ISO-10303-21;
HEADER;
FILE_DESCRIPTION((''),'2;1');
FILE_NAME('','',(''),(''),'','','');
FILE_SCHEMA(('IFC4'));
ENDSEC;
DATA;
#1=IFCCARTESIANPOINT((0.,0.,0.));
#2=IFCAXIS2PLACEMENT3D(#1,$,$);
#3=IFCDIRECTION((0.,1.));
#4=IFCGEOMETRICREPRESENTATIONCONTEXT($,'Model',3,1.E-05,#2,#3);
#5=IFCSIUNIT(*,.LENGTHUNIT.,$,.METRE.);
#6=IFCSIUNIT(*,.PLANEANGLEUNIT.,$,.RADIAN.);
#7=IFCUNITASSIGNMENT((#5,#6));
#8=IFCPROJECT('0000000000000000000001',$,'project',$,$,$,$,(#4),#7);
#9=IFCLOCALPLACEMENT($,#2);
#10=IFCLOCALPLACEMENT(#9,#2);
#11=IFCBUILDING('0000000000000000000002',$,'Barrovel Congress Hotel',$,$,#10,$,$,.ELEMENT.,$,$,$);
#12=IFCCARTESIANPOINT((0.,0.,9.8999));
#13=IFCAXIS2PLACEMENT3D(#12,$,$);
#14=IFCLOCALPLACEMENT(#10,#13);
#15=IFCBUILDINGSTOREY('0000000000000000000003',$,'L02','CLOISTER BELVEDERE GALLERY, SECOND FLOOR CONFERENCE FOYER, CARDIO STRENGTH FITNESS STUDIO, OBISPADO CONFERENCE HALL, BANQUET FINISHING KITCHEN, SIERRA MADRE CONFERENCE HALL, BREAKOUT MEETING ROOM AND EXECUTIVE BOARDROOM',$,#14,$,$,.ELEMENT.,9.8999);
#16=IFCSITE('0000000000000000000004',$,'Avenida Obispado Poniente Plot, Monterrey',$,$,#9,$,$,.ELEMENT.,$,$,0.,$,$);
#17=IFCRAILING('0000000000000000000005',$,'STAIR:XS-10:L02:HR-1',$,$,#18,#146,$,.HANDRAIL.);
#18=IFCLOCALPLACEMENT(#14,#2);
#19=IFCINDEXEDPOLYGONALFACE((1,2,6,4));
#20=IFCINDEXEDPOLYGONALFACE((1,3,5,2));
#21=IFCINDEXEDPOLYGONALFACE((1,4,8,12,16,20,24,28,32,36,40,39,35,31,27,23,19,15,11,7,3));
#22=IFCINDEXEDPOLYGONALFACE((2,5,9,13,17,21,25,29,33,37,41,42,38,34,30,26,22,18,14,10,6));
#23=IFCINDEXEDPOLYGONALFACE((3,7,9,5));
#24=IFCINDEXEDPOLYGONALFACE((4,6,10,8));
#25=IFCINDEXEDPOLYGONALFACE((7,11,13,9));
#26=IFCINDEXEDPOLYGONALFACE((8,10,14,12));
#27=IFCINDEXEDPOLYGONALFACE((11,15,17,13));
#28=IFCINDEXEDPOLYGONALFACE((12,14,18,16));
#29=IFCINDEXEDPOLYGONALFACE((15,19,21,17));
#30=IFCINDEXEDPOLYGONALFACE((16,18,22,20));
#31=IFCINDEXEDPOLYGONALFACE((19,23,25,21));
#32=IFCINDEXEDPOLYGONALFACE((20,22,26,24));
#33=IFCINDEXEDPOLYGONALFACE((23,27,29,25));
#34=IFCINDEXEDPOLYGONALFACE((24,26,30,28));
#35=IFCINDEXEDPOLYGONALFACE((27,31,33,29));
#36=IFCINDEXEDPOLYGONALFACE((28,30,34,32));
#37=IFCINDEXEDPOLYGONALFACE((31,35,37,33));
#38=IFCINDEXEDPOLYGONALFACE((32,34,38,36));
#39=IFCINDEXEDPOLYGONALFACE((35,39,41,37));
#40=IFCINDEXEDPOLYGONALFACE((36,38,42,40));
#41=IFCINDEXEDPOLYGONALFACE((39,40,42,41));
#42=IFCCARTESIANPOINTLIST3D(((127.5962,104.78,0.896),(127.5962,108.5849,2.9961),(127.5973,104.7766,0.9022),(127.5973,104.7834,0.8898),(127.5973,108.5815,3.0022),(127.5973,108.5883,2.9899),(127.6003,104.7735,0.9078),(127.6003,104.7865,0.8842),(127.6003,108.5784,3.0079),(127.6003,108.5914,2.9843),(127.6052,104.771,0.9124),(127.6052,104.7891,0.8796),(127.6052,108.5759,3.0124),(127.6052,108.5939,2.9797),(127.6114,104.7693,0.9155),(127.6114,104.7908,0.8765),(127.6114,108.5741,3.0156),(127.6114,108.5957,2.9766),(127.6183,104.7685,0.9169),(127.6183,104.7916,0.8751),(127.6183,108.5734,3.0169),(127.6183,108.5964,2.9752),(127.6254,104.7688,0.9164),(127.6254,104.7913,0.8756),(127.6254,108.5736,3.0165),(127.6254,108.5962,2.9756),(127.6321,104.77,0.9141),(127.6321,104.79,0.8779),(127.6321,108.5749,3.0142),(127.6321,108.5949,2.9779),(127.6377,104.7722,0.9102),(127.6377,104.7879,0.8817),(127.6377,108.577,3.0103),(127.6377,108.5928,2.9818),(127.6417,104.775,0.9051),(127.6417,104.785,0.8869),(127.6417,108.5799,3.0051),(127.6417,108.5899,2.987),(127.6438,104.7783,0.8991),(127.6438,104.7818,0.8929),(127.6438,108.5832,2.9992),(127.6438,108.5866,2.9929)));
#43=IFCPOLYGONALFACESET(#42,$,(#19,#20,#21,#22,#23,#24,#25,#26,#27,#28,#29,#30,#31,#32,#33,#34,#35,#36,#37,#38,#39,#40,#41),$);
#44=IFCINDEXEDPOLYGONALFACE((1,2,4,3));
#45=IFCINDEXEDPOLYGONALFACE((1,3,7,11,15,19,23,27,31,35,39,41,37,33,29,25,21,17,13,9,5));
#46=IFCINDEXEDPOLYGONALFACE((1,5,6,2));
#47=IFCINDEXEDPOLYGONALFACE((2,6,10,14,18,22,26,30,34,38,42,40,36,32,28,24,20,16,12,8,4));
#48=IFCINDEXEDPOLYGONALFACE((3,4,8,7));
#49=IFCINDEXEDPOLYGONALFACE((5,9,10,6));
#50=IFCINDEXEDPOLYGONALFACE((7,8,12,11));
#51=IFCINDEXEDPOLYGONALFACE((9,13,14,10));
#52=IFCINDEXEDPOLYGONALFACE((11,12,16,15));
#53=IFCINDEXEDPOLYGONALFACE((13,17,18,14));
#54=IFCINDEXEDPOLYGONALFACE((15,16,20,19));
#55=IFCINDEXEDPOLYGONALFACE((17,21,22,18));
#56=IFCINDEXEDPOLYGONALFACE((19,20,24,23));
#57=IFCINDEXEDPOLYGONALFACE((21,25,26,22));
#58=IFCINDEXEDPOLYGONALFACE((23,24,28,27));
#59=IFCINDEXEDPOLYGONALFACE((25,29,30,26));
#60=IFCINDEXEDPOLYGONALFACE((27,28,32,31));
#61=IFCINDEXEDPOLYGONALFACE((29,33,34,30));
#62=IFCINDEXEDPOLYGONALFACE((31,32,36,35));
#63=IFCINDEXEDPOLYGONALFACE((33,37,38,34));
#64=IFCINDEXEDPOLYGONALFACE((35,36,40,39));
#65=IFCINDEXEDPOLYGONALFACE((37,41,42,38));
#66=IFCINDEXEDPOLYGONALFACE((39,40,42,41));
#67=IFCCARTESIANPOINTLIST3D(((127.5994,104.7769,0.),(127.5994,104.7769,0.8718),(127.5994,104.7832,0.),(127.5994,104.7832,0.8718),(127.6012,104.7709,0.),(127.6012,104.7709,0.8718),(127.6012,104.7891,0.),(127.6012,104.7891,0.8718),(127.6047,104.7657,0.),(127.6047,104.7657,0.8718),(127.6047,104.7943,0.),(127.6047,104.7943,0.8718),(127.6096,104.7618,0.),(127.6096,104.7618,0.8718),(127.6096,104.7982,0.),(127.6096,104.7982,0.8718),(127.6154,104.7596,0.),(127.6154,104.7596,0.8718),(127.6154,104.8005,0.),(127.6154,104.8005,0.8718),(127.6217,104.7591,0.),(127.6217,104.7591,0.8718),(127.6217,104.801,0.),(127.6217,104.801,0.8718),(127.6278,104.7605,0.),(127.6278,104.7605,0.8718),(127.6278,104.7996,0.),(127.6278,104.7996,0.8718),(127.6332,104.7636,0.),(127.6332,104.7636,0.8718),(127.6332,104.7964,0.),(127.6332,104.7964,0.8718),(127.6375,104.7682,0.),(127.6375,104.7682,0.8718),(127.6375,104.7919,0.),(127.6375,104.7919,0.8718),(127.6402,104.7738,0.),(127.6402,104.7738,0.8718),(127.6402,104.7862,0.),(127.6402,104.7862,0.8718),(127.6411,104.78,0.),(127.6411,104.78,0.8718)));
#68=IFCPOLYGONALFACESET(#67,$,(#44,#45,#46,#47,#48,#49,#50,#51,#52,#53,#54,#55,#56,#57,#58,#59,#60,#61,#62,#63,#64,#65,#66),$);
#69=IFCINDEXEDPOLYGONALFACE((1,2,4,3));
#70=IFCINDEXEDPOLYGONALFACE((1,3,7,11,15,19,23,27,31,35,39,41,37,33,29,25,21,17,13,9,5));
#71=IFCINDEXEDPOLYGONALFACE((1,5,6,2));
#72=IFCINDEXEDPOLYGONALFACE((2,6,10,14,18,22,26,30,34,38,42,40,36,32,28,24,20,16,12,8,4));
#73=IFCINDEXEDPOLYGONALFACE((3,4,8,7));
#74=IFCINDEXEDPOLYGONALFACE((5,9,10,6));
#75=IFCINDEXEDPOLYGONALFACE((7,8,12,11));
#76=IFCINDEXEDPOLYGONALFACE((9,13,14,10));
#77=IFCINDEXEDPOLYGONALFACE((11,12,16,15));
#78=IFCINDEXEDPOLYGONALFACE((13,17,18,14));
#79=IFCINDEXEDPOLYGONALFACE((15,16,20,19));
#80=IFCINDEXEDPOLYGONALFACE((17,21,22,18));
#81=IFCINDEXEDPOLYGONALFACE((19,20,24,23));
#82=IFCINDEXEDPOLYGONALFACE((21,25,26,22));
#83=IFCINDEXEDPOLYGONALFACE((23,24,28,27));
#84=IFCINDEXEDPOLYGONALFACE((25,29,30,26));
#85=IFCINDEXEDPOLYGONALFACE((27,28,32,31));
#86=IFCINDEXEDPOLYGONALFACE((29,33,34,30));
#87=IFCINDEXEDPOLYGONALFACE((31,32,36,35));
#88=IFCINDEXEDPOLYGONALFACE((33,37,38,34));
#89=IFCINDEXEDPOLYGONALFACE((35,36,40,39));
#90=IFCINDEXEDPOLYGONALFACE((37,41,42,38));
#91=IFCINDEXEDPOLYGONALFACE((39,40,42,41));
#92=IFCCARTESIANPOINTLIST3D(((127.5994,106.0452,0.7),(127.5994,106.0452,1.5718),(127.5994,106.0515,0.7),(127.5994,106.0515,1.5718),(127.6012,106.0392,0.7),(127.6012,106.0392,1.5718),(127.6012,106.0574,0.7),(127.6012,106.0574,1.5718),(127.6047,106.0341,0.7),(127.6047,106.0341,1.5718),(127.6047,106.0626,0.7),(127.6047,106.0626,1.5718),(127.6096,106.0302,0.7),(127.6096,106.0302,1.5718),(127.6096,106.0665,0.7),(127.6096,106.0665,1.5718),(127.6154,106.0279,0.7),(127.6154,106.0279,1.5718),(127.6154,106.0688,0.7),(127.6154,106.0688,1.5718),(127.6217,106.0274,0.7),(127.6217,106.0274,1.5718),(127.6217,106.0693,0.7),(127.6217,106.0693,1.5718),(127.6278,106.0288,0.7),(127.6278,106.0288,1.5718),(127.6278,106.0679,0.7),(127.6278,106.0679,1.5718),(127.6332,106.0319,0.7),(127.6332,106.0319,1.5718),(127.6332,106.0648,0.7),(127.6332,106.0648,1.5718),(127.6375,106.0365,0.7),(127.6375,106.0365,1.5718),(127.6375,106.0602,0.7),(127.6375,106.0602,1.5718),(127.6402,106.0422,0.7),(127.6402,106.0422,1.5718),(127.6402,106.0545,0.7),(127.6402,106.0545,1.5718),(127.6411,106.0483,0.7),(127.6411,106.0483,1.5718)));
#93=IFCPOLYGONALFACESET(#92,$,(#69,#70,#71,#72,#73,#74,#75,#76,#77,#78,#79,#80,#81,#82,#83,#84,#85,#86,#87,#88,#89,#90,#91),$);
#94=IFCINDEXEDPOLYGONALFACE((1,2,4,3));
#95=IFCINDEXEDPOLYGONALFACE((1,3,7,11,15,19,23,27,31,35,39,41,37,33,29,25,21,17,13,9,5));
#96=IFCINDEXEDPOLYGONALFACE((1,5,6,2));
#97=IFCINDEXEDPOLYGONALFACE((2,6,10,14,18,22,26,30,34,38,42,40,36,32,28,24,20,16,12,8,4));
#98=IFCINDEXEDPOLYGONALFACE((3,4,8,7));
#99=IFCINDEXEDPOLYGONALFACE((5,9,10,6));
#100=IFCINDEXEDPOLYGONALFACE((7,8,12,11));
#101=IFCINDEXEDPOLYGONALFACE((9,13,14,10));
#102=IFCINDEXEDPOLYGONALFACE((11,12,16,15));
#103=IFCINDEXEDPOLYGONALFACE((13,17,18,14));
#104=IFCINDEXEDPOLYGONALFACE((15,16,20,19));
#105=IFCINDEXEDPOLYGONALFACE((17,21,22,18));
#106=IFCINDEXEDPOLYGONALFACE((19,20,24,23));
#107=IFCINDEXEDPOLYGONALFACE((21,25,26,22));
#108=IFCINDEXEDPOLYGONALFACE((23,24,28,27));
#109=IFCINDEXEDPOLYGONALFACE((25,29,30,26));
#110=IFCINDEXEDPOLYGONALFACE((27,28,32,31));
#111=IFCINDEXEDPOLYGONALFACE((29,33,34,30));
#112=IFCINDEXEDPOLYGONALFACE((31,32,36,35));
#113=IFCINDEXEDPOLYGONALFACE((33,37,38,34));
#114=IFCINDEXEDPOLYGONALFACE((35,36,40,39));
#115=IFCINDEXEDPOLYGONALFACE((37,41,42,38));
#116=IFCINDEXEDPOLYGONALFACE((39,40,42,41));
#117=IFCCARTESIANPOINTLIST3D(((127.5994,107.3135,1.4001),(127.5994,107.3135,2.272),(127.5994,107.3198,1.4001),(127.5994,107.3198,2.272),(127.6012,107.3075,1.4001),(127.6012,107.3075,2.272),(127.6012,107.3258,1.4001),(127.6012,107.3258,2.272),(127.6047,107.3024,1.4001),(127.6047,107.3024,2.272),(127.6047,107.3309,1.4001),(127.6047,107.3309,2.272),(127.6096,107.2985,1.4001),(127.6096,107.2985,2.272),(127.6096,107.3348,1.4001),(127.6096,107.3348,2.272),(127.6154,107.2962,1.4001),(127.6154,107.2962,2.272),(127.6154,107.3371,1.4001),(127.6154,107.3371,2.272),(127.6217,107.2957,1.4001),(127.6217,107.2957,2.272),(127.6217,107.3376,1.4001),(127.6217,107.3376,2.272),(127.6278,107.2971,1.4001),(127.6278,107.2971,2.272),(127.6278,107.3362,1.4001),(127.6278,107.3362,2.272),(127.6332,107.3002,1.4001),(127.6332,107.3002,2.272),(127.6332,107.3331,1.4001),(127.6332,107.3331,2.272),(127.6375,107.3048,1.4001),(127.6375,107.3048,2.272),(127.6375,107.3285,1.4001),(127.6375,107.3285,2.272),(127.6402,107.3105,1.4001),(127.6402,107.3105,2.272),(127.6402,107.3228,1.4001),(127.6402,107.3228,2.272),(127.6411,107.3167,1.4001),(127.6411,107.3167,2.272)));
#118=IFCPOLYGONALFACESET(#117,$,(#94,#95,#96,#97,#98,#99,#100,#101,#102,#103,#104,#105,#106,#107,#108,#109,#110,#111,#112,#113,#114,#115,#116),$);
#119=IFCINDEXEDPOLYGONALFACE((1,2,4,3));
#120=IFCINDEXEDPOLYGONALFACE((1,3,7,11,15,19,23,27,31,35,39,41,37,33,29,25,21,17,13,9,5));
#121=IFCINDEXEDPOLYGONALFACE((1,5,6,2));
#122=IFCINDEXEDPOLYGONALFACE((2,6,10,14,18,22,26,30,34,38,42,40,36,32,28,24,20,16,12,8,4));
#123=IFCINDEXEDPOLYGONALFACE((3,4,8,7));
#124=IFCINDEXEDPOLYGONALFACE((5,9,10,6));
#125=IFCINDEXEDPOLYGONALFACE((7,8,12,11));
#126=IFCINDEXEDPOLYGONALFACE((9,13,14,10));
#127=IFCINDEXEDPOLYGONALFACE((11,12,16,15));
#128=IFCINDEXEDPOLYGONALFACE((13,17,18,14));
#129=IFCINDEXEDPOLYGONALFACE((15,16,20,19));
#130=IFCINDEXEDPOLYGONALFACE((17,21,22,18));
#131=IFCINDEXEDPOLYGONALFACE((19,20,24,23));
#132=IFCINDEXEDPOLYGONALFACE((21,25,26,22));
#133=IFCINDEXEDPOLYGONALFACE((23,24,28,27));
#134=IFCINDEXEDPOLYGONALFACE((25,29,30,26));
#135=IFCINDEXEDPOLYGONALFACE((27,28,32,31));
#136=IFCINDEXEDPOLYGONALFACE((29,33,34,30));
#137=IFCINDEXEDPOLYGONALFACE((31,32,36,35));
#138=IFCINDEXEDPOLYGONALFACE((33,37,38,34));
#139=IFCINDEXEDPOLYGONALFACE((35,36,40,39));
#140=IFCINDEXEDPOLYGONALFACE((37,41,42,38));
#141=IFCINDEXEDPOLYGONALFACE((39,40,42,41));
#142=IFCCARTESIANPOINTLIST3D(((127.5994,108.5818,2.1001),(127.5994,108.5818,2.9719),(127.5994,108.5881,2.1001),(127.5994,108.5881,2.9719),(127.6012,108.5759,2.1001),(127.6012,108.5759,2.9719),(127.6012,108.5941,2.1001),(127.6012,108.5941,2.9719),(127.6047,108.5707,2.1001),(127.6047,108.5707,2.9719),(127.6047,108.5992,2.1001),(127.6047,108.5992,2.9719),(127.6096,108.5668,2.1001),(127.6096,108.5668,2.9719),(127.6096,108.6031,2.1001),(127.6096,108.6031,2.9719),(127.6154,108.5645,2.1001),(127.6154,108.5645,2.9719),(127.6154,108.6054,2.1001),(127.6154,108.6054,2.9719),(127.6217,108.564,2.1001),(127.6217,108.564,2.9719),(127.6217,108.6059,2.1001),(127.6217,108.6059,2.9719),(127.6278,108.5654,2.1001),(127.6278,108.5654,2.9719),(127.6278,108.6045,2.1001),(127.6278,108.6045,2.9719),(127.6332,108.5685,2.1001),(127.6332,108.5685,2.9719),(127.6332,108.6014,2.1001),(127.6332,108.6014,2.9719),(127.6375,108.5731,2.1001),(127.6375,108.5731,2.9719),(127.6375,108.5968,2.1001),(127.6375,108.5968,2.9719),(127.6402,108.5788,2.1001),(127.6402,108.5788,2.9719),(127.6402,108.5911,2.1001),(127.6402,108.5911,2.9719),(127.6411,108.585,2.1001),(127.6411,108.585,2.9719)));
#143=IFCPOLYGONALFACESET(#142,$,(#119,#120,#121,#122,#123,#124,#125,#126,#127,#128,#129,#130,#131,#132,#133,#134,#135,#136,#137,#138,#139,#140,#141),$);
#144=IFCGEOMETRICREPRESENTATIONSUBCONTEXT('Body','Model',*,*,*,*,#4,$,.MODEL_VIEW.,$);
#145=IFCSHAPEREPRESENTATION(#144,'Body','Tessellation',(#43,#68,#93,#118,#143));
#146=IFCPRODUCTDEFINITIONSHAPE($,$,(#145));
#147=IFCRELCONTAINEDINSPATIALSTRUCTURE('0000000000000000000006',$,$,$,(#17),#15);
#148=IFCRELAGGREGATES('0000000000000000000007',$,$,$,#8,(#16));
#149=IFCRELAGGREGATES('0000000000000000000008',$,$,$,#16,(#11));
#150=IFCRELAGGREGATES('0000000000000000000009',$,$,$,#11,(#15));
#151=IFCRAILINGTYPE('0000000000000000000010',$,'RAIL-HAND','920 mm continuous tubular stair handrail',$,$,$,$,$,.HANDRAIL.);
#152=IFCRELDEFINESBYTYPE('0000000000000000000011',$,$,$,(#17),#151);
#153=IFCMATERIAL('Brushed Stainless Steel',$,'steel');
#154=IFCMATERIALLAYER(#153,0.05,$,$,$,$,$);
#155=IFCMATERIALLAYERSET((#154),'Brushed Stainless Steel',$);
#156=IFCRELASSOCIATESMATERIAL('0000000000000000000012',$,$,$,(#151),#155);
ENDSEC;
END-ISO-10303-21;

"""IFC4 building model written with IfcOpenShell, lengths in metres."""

from ifc_helpers import new_model, si_unit, direction, frame, origin, origin_2d, place, context, subcontext, project, spatial, circle, extrude, material, layer, layer_set, type_object, element, save


model = new_model("IFC4")

# Units and contexts
model_context = context("Model", 3, precision=1e-05, world=origin(), true_north=direction((0.0, 1.0)))
body_context = subcontext(model_context, "Body", "Model", "MODEL_VIEW")
ifc_project = project(units=[si_unit("LENGTHUNIT", "METRE"), si_unit("PLANEANGLEUNIT", "RADIAN")], contexts=[model_context])

# Site, building, storey
site_placement = place(None, origin())
site = spatial("IfcSite", under=ifc_project, at=site_placement, Name="Avenida Obispado Poniente Plot, Monterrey", CompositionType="ELEMENT", RefElevation=0.0)
building_placement = place(site_placement, origin())
building = spatial("IfcBuilding", under=site, at=building_placement, Name="Barrovel Congress Hotel", CompositionType="ELEMENT")
storey_placement = place(building_placement, frame((0.0, 0.0, 9.8999)))
storey = spatial("IfcBuildingStorey", under=building, at=storey_placement, Name="L02", Description="CLOISTER BELVEDERE GALLERY, SECOND FLOOR CONFERENCE FOYER, CARDIO STRENGTH FITNESS STUDIO, OBISPADO CONFERENCE HALL, BANQUET FINISHING KITCHEN, SIERRA MADRE CONFERENCE HALL, BREAKOUT MEETING ROOM AND EXECUTIVE BOARDROOM", CompositionType="ELEMENT", Elevation=9.8999)

# Railing
ifc_material_1 = material(Name="Brushed Stainless Steel", Category="steel")
ifc_layer_1 = layer(ifc_material_1, 0.05)
ifc_layer_set_1 = layer_set([ifc_layer_1], Name="Brushed Stainless Steel")
railing_type_1 = type_object("IfcRailingType", Name="RAIL-HAND", Description="920 mm continuous tubular stair handrail", PredefinedType="HANDRAIL", material=ifc_layer_set_1)
railing_1_placement = place(storey_placement, frame((127.6201, 104.78, 0.0)))
element("IfcRailing", 1, at=railing_1_placement, inside=storey, type_object=railing_type_1, Name="STAIR:XS-10:L02:HR-1", PredefinedType="HANDRAIL", context=body_context, shape_type="SweptSolid", body=[
    extrude(circle(Radius=0.0239, at=origin_2d()), frame((0.0, 0.0, 0.896), z_axis=(0.0, 0.875497, 0.483223), x_axis=(-1.0, 0.0, 0.0)), (0.0, 0.0, 1.0), 4.3459),
    extrude(circle(Radius=0.021, at=origin_2d()), origin(), (0.0, 0.0, 1.0), 0.8718),
    extrude(circle(Radius=0.021, at=origin_2d()), frame((0.0, 1.2683, 0.7)), (0.0, 0.0, 1.0), 0.8718),
    extrude(circle(Radius=0.021, at=origin_2d()), frame((0.0, 2.5366, 1.4001)), (0.0, 0.0, 1.0), 0.8718),
    extrude(circle(Radius=0.021, at=origin_2d()), frame((0.0, 3.8049, 2.1001)), (0.0, 0.0, 1.0), 0.8718),
])

save(model, "model.ifc")
